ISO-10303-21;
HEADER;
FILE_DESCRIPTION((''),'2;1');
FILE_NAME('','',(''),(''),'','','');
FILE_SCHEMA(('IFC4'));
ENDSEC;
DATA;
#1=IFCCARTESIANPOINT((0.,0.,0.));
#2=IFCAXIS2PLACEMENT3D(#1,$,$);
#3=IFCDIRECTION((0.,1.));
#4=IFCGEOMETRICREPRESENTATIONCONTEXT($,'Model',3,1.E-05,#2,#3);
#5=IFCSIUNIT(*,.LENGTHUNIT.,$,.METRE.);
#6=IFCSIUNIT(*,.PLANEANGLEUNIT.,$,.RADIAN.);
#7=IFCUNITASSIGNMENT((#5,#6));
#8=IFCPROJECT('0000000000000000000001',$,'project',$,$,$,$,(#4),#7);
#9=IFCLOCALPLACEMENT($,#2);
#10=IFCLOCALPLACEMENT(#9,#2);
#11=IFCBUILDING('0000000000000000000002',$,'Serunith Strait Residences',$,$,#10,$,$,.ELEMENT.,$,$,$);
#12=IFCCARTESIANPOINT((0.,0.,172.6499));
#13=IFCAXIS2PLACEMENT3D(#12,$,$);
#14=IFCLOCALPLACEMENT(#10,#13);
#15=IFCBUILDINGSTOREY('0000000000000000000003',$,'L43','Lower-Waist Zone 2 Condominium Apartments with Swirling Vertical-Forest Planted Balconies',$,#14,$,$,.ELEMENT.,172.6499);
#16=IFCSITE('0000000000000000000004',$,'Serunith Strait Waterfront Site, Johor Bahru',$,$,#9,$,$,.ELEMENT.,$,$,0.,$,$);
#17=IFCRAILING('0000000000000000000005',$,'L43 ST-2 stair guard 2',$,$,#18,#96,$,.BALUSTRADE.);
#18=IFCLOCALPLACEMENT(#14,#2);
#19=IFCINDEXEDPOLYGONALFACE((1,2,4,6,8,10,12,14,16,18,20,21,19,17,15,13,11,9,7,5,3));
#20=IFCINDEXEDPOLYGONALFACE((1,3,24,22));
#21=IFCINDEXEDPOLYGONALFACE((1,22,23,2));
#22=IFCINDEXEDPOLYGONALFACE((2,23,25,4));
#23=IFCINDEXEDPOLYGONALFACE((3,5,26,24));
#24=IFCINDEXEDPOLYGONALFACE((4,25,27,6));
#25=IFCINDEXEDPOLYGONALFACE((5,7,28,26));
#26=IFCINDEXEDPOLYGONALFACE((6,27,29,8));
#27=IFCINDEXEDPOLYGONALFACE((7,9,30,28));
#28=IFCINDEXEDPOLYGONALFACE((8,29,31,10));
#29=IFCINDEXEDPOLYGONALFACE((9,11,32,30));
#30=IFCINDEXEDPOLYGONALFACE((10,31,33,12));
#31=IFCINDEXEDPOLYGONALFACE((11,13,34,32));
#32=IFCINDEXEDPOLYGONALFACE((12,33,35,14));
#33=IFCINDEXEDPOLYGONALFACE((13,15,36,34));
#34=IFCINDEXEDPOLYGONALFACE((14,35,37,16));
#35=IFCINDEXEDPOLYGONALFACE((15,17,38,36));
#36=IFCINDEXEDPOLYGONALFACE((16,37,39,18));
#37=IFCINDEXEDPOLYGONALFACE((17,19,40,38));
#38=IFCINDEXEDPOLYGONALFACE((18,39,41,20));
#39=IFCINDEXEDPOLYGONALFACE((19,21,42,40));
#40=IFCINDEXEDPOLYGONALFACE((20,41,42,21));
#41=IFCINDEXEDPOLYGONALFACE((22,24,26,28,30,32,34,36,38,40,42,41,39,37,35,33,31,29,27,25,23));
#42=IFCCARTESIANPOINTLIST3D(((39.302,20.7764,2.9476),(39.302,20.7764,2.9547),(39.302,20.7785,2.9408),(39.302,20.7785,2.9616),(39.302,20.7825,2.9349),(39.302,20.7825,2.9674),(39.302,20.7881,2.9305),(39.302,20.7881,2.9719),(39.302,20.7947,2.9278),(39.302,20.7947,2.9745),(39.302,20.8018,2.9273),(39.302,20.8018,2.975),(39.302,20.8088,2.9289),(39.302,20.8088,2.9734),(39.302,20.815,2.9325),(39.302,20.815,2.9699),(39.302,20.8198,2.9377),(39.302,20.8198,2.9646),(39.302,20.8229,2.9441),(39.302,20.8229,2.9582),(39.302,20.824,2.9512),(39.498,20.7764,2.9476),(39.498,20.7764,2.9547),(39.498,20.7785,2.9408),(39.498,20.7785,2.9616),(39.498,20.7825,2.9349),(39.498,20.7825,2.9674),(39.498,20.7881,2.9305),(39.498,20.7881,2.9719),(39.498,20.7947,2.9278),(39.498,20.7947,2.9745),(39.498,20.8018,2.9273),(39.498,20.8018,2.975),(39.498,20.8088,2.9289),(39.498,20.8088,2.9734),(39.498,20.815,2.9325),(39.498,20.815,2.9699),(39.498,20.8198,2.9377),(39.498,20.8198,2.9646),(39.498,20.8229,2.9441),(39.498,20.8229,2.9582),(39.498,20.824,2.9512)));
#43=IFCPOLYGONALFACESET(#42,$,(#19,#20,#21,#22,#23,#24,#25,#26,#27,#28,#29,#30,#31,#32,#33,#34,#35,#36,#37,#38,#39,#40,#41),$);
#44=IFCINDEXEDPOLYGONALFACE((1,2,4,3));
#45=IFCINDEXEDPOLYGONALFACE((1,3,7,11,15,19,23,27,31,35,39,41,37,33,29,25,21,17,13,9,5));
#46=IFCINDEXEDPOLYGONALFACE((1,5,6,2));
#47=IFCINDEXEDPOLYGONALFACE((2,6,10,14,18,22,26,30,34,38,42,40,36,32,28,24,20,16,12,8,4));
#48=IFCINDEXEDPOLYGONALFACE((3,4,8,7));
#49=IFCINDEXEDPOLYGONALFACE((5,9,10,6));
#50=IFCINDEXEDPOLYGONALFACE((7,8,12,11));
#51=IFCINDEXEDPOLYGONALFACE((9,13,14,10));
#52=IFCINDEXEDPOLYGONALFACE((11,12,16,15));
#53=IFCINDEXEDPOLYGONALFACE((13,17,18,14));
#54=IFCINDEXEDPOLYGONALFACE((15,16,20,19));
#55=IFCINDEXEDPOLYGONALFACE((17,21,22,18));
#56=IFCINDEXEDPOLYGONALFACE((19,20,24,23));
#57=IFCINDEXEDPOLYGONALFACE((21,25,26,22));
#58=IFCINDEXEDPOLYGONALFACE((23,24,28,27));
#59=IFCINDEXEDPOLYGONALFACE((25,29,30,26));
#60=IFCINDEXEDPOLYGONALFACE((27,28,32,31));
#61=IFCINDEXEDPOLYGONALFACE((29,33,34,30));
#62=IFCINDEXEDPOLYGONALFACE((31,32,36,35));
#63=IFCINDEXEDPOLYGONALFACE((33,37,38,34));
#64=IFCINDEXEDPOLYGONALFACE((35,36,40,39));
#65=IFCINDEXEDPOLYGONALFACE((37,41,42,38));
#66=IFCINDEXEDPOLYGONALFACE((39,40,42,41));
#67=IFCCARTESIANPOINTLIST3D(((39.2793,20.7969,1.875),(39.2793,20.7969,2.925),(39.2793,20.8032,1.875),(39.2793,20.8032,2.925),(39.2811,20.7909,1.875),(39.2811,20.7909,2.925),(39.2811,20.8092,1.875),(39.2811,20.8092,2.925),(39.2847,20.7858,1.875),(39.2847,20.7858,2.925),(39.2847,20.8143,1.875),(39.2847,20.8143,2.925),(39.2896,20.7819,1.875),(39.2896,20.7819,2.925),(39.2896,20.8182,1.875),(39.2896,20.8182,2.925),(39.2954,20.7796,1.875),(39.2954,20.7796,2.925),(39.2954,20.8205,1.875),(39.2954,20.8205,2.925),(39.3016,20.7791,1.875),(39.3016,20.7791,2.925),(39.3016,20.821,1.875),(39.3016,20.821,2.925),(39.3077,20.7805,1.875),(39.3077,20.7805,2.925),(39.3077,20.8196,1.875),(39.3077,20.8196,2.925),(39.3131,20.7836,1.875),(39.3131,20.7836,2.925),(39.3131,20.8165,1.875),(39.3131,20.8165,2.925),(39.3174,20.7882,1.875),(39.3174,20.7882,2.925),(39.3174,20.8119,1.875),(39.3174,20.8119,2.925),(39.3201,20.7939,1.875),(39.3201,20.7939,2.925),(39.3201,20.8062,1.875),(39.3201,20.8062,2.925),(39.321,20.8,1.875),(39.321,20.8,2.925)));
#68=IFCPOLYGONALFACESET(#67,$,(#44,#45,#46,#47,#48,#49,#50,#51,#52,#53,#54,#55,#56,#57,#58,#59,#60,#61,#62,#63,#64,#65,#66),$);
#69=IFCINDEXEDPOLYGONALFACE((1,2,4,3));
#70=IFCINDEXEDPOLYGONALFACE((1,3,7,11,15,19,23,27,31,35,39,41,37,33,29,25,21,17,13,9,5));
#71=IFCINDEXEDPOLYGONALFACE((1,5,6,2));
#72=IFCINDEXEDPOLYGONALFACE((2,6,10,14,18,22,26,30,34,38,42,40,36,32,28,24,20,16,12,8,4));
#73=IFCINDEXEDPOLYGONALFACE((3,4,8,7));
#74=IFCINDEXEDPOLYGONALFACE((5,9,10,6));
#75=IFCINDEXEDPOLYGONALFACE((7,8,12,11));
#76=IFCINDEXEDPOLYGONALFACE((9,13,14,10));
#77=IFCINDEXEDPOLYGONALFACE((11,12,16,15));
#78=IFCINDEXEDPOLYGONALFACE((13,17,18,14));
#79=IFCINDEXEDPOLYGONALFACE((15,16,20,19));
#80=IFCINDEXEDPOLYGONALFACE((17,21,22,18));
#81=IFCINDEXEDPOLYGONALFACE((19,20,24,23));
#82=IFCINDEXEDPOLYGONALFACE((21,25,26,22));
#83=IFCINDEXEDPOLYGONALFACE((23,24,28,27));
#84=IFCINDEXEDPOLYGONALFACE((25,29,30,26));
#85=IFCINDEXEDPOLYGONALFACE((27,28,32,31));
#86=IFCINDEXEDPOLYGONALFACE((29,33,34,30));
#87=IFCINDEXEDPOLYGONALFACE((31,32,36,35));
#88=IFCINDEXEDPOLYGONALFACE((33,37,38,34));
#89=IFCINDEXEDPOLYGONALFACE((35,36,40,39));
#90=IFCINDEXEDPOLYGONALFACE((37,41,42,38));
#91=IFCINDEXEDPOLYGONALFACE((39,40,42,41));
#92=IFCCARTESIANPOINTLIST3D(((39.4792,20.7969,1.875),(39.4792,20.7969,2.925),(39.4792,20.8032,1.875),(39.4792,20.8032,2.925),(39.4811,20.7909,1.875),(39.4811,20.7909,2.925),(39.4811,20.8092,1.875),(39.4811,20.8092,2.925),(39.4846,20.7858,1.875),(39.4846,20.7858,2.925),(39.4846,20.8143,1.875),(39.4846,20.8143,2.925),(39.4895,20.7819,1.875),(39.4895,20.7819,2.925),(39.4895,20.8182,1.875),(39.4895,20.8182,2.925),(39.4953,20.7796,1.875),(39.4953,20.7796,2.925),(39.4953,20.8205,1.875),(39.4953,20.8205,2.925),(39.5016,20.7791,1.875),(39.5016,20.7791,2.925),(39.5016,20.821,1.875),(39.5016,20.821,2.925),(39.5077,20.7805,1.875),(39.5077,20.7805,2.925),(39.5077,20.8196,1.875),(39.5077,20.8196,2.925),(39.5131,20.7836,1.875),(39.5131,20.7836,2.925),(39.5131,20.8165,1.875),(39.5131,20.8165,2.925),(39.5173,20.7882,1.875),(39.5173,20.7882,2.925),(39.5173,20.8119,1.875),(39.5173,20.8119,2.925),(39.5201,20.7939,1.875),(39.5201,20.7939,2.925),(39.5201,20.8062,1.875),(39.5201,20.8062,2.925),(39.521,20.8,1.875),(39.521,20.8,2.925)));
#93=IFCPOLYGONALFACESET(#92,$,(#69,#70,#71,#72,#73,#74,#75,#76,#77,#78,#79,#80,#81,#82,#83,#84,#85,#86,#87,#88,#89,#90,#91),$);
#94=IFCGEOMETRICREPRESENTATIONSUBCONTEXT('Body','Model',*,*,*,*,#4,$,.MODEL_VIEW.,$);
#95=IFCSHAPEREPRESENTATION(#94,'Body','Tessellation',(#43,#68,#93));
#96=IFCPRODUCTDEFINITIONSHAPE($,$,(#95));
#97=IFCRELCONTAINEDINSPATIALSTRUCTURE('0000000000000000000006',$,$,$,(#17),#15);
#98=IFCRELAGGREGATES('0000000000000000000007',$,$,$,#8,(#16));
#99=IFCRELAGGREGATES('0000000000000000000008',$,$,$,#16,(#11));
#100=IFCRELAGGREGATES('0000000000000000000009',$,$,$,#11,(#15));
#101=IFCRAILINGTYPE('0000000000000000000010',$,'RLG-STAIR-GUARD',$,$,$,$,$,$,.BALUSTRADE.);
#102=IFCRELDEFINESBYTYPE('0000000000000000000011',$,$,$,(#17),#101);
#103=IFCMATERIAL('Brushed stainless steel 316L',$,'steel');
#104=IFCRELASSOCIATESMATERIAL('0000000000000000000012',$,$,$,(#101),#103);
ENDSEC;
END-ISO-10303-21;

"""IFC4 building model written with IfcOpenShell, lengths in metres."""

from ifc_helpers import new_model, si_unit, direction, frame, origin, origin_2d, place, context, subcontext, project, spatial, circle, extrude, material, type_object, element, save


model = new_model("IFC4")

# Units and contexts
model_context = context("Model", 3, precision=1e-05, world=origin(), true_north=direction((0.0, 1.0)))
body_context = subcontext(model_context, "Body", "Model", "MODEL_VIEW")
ifc_project = project(units=[si_unit("LENGTHUNIT", "METRE"), si_unit("PLANEANGLEUNIT", "RADIAN")], contexts=[model_context])

# Site, building, storey
site_placement = place(None, origin())
site = spatial("IfcSite", under=ifc_project, at=site_placement, Name="Serunith Strait Waterfront Site, Johor Bahru", CompositionType="ELEMENT", RefElevation=0.0)
building_placement = place(site_placement, origin())
building = spatial("IfcBuilding", under=site, at=building_placement, Name="Serunith Strait Residences", CompositionType="ELEMENT")
storey_placement = place(building_placement, frame((0.0, 0.0, 172.6499)))
storey = spatial("IfcBuildingStorey", under=building, at=storey_placement, Name="L43", Description="Lower-Waist Zone 2 Condominium Apartments with Swirling Vertical-Forest Planted Balconies", CompositionType="ELEMENT", Elevation=172.6499)

# Railing
ifc_material_1 = material(Name="Brushed stainless steel 316L", Category="steel")
railing_type_1 = type_object("IfcRailingType", Name="RLG-STAIR-GUARD", PredefinedType="BALUSTRADE", material=ifc_material_1)
railing_1_placement = place(storey_placement, frame((39.3, 20.8, 1.875)))
element("IfcRailing", 1, at=railing_1_placement, inside=storey, type_object=railing_type_1, Name="L43 ST-2 stair guard 2", PredefinedType="BALUSTRADE", context=body_context, shape_type="SweptSolid", body=[
    extrude(circle(Radius=0.0239, at=origin_2d()), frame((0.002, 0.0, 1.0762), z_axis=(1.0, 0.0, 0.0), x_axis=(0.0, 1.0, 0.0)), (0.0, 0.0, 1.0), 0.196),
    extrude(circle(Radius=0.021, at=origin_2d()), origin(), (0.0, 0.0, 1.0), 1.05),
    extrude(circle(Radius=0.021, at=origin_2d()), frame((0.2, 0.0, 0.0)), (0.0, 0.0, 1.0), 1.05),
])

save(model, "model.ifc")
